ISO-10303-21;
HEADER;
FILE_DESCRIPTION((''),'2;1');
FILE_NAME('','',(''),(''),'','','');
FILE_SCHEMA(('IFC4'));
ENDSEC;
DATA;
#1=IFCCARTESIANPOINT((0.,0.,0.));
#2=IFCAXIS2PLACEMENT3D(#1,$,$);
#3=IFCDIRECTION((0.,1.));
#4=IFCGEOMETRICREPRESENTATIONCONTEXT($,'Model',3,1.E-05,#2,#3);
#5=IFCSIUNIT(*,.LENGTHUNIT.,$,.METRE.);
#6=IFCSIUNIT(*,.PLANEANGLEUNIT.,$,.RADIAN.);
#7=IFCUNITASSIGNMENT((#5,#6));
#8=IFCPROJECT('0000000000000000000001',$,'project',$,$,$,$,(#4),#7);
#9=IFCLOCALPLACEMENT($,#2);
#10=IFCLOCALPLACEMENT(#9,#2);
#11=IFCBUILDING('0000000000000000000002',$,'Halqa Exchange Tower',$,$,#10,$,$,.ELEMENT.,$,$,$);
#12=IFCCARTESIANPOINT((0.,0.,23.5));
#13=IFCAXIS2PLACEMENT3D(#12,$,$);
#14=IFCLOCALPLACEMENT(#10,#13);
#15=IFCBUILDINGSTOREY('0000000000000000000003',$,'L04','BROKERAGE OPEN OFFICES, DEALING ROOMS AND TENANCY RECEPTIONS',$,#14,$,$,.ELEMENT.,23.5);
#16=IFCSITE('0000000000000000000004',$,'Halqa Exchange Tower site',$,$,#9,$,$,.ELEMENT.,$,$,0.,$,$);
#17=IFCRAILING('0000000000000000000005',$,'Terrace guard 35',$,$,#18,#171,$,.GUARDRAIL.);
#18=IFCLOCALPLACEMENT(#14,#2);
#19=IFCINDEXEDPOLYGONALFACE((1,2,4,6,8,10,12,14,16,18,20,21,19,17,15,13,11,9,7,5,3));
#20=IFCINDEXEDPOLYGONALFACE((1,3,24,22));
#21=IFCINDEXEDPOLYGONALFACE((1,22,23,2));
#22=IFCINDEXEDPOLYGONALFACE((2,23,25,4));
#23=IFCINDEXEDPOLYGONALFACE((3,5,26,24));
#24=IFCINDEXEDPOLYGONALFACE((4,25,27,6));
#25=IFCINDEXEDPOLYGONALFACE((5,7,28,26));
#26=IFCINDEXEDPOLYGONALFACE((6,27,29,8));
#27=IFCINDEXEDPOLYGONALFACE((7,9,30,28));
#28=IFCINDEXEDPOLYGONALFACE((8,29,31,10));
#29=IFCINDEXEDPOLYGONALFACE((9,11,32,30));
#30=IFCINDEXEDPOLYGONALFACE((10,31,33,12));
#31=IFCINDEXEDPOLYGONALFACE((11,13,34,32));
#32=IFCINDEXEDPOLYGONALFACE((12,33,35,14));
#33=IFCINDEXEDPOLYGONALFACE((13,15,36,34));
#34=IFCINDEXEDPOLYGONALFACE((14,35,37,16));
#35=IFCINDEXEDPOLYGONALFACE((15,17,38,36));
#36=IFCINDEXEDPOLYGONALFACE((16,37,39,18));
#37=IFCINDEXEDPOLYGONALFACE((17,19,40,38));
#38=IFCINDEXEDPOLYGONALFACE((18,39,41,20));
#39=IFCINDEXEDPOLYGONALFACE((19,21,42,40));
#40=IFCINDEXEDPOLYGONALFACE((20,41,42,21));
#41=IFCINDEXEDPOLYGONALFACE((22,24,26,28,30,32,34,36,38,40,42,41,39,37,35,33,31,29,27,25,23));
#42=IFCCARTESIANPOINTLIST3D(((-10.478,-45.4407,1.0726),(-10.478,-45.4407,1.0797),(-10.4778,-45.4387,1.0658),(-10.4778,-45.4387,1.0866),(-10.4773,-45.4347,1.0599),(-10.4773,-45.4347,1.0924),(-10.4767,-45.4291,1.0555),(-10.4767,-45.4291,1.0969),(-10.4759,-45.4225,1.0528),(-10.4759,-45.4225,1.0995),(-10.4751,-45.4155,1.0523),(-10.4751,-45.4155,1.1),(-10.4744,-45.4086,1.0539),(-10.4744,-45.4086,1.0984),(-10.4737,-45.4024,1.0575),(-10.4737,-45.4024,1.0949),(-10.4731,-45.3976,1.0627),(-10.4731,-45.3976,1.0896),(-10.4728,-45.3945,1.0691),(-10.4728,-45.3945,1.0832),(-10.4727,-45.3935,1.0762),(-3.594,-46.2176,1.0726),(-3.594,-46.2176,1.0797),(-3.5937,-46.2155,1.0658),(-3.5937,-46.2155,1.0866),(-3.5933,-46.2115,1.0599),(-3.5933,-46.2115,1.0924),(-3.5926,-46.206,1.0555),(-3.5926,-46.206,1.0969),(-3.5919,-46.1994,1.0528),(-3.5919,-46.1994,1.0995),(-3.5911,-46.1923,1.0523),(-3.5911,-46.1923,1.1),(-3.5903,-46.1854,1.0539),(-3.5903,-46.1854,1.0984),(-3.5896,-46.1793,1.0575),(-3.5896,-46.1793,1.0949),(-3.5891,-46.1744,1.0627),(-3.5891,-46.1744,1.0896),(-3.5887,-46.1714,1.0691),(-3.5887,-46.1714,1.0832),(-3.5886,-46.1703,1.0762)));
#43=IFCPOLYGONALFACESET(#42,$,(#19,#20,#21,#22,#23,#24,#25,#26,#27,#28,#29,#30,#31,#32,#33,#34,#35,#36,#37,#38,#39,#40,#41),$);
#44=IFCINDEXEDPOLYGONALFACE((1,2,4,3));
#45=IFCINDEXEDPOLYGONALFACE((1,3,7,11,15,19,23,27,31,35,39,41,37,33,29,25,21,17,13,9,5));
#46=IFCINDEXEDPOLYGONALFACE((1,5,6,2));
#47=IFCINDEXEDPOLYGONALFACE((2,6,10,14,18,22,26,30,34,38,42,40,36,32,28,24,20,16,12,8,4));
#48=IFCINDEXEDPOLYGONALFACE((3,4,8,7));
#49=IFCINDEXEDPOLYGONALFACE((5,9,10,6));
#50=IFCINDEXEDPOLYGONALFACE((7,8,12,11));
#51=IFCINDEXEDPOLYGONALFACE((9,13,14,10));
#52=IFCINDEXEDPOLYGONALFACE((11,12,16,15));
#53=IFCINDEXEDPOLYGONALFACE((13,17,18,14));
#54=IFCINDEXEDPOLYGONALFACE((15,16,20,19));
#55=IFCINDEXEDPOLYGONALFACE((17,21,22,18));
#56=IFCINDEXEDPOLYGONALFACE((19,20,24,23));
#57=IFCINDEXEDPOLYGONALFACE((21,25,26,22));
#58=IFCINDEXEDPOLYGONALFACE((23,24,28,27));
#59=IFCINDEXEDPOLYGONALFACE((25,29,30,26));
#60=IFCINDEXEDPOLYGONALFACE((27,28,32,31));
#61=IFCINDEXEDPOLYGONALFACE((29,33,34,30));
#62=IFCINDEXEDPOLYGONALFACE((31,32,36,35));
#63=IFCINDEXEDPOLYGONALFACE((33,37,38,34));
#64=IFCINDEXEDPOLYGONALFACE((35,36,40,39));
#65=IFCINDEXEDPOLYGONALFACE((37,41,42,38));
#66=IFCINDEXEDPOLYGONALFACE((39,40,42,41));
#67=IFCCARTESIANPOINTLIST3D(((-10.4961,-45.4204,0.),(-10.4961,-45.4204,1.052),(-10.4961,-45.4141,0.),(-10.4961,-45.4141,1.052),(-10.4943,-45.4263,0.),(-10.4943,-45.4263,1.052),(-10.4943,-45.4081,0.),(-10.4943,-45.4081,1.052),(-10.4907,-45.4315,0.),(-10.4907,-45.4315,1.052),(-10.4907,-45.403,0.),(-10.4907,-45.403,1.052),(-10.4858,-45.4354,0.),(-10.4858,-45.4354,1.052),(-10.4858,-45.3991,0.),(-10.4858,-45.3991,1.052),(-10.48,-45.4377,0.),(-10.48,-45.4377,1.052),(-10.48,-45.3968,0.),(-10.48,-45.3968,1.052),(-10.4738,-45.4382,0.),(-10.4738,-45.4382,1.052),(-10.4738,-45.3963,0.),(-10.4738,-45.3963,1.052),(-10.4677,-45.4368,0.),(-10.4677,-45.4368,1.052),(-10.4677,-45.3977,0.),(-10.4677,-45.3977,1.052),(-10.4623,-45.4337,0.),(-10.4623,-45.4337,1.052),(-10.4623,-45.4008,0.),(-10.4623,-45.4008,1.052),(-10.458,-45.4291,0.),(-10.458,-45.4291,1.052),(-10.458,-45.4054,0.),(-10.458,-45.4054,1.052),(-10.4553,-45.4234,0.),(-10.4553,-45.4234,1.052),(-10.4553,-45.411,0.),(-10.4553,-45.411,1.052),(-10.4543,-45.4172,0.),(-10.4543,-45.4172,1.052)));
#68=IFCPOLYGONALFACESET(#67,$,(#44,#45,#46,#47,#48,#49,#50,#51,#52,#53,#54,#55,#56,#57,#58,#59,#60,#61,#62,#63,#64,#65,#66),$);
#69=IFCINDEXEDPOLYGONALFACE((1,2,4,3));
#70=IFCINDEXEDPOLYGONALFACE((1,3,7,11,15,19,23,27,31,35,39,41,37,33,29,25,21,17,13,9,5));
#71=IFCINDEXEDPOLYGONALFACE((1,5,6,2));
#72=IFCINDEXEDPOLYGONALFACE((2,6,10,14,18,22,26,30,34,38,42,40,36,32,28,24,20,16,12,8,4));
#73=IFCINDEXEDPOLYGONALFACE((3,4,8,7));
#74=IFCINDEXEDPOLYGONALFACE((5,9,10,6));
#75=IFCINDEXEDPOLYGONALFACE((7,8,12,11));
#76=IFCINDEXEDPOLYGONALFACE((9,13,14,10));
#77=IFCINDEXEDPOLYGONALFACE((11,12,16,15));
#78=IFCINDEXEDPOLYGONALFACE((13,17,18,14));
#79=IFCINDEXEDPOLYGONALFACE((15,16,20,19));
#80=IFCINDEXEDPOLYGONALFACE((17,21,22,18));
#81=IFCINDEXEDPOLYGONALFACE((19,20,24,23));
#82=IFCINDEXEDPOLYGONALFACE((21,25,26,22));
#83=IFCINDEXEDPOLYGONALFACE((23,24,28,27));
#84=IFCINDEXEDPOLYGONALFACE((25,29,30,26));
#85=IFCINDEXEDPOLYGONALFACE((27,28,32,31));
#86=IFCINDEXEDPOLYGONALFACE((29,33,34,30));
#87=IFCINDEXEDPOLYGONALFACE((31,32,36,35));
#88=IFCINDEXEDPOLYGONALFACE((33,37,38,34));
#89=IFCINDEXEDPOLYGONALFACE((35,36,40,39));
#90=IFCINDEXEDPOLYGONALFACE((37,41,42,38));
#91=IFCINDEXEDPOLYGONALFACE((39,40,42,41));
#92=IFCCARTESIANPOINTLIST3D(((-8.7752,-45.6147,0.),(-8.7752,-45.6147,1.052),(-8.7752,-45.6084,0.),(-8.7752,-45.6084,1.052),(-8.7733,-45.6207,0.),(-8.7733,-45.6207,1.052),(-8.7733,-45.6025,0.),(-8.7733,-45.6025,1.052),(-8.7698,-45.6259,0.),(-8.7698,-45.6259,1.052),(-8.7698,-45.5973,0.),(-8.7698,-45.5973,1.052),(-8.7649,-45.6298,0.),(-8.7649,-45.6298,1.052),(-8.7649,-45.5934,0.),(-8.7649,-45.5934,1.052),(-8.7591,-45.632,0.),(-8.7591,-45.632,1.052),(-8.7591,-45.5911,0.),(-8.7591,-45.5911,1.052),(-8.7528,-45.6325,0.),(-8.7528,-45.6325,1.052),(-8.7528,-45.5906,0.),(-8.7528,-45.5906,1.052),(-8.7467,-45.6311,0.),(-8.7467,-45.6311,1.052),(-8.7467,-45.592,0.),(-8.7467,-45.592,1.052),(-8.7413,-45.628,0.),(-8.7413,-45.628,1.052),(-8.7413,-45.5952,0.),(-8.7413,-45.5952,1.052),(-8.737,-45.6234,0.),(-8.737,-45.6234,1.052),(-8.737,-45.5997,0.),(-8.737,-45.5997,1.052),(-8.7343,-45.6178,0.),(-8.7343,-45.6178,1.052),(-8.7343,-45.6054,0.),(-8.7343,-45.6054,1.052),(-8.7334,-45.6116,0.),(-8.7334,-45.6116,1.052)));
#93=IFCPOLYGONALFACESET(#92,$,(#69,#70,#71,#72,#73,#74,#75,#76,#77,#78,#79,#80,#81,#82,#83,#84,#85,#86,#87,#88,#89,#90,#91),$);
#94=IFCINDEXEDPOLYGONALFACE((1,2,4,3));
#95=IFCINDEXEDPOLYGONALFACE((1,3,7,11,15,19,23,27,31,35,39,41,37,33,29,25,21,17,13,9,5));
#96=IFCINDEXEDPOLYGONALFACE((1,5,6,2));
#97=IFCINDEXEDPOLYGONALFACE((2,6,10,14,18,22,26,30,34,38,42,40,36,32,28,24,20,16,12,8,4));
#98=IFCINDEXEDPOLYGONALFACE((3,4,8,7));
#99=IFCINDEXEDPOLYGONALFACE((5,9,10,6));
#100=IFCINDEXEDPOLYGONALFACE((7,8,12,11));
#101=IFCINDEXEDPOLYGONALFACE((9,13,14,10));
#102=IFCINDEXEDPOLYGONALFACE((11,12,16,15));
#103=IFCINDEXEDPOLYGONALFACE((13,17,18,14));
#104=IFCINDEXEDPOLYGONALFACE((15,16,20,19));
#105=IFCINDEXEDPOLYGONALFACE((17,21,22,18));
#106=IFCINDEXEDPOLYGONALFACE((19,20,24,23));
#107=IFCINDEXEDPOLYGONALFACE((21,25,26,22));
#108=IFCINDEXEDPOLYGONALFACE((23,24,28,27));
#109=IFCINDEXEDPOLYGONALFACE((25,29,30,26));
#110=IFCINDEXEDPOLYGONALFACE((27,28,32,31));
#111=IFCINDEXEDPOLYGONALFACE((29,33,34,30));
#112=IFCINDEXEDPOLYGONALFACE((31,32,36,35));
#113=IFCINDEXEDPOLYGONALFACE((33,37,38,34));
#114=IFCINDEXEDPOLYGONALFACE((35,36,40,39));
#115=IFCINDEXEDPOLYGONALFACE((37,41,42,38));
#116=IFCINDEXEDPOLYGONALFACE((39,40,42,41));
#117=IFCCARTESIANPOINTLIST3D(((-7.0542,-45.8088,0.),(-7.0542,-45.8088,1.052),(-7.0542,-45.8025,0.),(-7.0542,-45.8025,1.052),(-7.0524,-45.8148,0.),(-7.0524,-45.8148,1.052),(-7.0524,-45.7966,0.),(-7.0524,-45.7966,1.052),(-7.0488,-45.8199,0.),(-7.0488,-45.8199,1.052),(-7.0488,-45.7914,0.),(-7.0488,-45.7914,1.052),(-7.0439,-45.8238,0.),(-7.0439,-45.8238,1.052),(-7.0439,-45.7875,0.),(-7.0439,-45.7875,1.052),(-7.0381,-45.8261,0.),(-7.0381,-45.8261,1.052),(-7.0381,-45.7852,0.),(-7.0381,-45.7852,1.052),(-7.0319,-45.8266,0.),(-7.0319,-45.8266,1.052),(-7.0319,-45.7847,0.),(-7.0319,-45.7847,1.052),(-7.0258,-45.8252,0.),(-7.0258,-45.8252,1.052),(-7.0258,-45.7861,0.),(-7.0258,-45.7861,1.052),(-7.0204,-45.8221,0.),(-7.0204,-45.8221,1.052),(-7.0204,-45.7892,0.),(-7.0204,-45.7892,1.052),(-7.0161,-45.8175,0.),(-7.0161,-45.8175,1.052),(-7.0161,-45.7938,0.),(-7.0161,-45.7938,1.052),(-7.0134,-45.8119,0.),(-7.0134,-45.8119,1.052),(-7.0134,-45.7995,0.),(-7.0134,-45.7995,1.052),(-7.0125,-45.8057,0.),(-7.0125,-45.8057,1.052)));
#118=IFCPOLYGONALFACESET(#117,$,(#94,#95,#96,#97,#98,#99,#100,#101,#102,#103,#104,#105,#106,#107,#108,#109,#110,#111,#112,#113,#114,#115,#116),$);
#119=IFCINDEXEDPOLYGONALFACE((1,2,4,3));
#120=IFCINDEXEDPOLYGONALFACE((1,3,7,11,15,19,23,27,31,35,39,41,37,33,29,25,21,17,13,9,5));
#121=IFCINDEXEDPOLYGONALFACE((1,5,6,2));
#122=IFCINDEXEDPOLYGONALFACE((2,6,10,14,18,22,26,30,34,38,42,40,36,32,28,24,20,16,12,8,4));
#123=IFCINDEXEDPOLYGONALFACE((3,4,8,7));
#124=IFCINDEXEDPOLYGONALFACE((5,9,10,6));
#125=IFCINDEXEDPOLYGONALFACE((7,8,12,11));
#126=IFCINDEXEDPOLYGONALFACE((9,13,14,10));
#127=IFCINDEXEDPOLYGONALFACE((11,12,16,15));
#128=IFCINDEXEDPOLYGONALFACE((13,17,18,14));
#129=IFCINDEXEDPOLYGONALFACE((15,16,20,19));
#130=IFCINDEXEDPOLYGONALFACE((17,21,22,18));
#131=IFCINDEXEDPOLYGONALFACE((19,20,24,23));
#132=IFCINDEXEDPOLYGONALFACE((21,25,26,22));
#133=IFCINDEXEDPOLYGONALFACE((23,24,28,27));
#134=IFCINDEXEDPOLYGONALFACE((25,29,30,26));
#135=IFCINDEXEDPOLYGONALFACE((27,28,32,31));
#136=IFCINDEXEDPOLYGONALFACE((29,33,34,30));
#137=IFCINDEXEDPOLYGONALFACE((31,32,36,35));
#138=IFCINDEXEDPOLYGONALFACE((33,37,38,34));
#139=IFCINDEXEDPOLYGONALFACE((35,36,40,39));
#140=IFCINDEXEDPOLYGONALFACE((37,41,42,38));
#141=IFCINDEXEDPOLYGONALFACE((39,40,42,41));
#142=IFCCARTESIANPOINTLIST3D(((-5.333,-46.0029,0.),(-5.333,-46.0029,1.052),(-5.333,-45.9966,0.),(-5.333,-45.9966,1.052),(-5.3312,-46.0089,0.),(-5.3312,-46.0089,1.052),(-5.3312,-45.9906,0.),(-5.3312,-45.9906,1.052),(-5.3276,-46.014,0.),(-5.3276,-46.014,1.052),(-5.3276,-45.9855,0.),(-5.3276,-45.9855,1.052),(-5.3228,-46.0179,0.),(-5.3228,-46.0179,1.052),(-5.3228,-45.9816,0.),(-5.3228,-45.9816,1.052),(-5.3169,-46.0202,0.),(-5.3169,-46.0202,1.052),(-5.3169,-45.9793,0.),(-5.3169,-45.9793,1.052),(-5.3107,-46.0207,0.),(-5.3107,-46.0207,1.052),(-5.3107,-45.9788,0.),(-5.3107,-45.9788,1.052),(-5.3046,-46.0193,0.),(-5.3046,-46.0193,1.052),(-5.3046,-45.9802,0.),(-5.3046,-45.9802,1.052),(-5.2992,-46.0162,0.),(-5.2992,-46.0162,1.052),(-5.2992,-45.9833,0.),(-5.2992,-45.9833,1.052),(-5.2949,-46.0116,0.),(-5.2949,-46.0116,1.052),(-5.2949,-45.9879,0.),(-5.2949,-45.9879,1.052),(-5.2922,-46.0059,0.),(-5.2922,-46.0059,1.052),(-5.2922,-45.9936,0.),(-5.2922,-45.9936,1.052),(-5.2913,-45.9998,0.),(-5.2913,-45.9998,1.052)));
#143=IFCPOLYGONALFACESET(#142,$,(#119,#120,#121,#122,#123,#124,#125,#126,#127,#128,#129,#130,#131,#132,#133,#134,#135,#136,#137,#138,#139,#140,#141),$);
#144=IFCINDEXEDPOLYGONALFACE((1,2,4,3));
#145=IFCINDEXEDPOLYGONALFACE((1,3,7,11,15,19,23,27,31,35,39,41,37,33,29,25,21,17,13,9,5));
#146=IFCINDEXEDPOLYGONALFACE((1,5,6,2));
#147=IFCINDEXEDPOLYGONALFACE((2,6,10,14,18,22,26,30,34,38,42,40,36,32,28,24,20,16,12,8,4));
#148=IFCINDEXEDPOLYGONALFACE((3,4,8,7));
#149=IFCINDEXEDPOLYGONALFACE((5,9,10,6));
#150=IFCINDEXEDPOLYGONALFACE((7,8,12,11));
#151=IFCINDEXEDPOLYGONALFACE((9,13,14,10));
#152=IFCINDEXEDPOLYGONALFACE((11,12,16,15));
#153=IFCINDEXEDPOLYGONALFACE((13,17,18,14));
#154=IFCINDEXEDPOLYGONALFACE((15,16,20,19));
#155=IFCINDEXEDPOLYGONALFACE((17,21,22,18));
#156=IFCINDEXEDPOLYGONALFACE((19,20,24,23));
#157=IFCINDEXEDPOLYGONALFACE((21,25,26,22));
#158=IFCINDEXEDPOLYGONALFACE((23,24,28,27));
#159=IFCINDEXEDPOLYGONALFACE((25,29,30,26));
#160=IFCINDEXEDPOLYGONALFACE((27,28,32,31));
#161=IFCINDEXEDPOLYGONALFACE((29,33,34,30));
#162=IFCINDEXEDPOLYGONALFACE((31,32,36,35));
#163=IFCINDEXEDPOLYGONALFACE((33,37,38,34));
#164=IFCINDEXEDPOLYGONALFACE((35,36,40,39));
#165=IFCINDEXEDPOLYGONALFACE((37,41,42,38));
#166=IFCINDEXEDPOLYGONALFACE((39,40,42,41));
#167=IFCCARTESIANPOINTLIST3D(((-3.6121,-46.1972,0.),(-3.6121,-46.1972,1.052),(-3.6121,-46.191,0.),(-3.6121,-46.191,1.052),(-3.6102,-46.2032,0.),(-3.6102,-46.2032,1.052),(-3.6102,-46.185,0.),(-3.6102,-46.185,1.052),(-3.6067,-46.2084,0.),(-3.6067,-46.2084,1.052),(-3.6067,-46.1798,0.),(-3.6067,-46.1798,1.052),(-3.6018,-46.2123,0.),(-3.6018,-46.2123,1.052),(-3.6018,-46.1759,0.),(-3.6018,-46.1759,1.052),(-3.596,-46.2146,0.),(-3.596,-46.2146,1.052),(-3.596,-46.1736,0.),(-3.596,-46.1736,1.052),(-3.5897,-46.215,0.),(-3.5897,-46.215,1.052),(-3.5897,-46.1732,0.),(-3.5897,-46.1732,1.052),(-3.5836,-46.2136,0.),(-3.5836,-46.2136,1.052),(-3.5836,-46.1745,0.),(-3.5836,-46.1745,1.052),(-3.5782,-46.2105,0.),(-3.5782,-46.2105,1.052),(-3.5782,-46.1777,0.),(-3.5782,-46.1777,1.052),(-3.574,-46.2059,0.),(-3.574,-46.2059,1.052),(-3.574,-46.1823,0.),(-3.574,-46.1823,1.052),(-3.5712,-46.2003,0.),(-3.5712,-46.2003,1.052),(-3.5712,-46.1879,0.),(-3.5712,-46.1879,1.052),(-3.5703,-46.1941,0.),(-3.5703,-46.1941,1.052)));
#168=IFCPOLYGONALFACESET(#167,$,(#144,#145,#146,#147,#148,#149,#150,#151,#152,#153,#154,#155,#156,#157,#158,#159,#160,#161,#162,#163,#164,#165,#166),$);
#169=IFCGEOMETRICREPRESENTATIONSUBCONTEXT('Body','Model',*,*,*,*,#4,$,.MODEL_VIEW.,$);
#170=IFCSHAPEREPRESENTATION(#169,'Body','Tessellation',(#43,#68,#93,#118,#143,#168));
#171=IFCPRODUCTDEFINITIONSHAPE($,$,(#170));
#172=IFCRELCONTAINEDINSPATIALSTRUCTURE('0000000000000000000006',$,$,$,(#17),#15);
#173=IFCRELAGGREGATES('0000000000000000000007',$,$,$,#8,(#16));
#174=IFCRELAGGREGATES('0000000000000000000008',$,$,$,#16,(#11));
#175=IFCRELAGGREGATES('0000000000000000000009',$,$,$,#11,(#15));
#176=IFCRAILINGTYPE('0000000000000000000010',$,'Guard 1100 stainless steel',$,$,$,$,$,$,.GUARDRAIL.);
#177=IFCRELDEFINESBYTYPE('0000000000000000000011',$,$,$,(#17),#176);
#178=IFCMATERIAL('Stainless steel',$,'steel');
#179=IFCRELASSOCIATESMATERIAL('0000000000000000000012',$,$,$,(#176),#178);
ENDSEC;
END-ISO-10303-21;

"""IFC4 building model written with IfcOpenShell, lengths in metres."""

from ifc_helpers import new_model, si_unit, direction, frame, origin, origin_2d, place, context, subcontext, project, spatial, circle, extrude, material, type_object, element, save


model = new_model("IFC4")

# Units and contexts
model_context = context("Model", 3, precision=1e-05, world=origin(), true_north=direction((0.0, 1.0)))
body_context = subcontext(model_context, "Body", "Model", "MODEL_VIEW")
ifc_project = project(units=[si_unit("LENGTHUNIT", "METRE"), si_unit("PLANEANGLEUNIT", "RADIAN")], contexts=[model_context])

# Site, building, storey
site_placement = place(None, origin())
site = spatial("IfcSite", under=ifc_project, at=site_placement, Name="Halqa Exchange Tower site", CompositionType="ELEMENT", RefElevation=0.0)
building_placement = place(site_placement, origin())
building = spatial("IfcBuilding", under=site, at=building_placement, Name="Halqa Exchange Tower", CompositionType="ELEMENT")
storey_placement = place(building_placement, frame((0.0, 0.0, 23.5)))
storey = spatial("IfcBuildingStorey", under=building, at=storey_placement, Name="L04", Description="BROKERAGE OPEN OFFICES, DEALING ROOMS AND TENANCY RECEPTIONS", CompositionType="ELEMENT", Elevation=23.5)

# Railing
ifc_material_1 = material(Name="Stainless steel", Category="steel")
railing_type = type_object("IfcRailingType", Name="Guard 1100 stainless steel", PredefinedType="GUARDRAIL", material=ifc_material_1)
railing_1_placement = place(storey_placement, frame((-10.4753, -45.4172, 0.0)))
element("IfcRailing", 1, at=railing_1_placement, inside=storey, type_object=railing_type, Name="Terrace guard 35", PredefinedType="GUARDRAIL", context=body_context, shape_type="SweptSolid", body=[
    extrude(circle(Radius=0.0239, at=origin_2d()), frame((0.0, 0.0, 1.0762), z_axis=(0.993693, -0.112137, 0.0), x_axis=(0.112137, 0.993693, 0.0)), (0.0, 0.0, 1.0), 6.9277),
    extrude(circle(Radius=0.021, at=origin_2d()), origin(), (0.0, 0.0, 1.0), 1.052),
    extrude(circle(Radius=0.021, at=origin_2d()), frame((1.7209, -0.1943, 0.0)), (0.0, 0.0, 1.0), 1.052),
    extrude(circle(Radius=0.021, at=origin_2d()), frame((3.4419, -0.3884, 0.0)), (0.0, 0.0, 1.0), 1.052),
    extrude(circle(Radius=0.021, at=origin_2d()), frame((5.1631, -0.5825, 0.0)), (0.0, 0.0, 1.0), 1.052),
    extrude(circle(Radius=0.021, at=origin_2d()), frame((6.884, -0.7769, 0.0)), (0.0, 0.0, 1.0), 1.052),
])

save(model, "model.ifc")
